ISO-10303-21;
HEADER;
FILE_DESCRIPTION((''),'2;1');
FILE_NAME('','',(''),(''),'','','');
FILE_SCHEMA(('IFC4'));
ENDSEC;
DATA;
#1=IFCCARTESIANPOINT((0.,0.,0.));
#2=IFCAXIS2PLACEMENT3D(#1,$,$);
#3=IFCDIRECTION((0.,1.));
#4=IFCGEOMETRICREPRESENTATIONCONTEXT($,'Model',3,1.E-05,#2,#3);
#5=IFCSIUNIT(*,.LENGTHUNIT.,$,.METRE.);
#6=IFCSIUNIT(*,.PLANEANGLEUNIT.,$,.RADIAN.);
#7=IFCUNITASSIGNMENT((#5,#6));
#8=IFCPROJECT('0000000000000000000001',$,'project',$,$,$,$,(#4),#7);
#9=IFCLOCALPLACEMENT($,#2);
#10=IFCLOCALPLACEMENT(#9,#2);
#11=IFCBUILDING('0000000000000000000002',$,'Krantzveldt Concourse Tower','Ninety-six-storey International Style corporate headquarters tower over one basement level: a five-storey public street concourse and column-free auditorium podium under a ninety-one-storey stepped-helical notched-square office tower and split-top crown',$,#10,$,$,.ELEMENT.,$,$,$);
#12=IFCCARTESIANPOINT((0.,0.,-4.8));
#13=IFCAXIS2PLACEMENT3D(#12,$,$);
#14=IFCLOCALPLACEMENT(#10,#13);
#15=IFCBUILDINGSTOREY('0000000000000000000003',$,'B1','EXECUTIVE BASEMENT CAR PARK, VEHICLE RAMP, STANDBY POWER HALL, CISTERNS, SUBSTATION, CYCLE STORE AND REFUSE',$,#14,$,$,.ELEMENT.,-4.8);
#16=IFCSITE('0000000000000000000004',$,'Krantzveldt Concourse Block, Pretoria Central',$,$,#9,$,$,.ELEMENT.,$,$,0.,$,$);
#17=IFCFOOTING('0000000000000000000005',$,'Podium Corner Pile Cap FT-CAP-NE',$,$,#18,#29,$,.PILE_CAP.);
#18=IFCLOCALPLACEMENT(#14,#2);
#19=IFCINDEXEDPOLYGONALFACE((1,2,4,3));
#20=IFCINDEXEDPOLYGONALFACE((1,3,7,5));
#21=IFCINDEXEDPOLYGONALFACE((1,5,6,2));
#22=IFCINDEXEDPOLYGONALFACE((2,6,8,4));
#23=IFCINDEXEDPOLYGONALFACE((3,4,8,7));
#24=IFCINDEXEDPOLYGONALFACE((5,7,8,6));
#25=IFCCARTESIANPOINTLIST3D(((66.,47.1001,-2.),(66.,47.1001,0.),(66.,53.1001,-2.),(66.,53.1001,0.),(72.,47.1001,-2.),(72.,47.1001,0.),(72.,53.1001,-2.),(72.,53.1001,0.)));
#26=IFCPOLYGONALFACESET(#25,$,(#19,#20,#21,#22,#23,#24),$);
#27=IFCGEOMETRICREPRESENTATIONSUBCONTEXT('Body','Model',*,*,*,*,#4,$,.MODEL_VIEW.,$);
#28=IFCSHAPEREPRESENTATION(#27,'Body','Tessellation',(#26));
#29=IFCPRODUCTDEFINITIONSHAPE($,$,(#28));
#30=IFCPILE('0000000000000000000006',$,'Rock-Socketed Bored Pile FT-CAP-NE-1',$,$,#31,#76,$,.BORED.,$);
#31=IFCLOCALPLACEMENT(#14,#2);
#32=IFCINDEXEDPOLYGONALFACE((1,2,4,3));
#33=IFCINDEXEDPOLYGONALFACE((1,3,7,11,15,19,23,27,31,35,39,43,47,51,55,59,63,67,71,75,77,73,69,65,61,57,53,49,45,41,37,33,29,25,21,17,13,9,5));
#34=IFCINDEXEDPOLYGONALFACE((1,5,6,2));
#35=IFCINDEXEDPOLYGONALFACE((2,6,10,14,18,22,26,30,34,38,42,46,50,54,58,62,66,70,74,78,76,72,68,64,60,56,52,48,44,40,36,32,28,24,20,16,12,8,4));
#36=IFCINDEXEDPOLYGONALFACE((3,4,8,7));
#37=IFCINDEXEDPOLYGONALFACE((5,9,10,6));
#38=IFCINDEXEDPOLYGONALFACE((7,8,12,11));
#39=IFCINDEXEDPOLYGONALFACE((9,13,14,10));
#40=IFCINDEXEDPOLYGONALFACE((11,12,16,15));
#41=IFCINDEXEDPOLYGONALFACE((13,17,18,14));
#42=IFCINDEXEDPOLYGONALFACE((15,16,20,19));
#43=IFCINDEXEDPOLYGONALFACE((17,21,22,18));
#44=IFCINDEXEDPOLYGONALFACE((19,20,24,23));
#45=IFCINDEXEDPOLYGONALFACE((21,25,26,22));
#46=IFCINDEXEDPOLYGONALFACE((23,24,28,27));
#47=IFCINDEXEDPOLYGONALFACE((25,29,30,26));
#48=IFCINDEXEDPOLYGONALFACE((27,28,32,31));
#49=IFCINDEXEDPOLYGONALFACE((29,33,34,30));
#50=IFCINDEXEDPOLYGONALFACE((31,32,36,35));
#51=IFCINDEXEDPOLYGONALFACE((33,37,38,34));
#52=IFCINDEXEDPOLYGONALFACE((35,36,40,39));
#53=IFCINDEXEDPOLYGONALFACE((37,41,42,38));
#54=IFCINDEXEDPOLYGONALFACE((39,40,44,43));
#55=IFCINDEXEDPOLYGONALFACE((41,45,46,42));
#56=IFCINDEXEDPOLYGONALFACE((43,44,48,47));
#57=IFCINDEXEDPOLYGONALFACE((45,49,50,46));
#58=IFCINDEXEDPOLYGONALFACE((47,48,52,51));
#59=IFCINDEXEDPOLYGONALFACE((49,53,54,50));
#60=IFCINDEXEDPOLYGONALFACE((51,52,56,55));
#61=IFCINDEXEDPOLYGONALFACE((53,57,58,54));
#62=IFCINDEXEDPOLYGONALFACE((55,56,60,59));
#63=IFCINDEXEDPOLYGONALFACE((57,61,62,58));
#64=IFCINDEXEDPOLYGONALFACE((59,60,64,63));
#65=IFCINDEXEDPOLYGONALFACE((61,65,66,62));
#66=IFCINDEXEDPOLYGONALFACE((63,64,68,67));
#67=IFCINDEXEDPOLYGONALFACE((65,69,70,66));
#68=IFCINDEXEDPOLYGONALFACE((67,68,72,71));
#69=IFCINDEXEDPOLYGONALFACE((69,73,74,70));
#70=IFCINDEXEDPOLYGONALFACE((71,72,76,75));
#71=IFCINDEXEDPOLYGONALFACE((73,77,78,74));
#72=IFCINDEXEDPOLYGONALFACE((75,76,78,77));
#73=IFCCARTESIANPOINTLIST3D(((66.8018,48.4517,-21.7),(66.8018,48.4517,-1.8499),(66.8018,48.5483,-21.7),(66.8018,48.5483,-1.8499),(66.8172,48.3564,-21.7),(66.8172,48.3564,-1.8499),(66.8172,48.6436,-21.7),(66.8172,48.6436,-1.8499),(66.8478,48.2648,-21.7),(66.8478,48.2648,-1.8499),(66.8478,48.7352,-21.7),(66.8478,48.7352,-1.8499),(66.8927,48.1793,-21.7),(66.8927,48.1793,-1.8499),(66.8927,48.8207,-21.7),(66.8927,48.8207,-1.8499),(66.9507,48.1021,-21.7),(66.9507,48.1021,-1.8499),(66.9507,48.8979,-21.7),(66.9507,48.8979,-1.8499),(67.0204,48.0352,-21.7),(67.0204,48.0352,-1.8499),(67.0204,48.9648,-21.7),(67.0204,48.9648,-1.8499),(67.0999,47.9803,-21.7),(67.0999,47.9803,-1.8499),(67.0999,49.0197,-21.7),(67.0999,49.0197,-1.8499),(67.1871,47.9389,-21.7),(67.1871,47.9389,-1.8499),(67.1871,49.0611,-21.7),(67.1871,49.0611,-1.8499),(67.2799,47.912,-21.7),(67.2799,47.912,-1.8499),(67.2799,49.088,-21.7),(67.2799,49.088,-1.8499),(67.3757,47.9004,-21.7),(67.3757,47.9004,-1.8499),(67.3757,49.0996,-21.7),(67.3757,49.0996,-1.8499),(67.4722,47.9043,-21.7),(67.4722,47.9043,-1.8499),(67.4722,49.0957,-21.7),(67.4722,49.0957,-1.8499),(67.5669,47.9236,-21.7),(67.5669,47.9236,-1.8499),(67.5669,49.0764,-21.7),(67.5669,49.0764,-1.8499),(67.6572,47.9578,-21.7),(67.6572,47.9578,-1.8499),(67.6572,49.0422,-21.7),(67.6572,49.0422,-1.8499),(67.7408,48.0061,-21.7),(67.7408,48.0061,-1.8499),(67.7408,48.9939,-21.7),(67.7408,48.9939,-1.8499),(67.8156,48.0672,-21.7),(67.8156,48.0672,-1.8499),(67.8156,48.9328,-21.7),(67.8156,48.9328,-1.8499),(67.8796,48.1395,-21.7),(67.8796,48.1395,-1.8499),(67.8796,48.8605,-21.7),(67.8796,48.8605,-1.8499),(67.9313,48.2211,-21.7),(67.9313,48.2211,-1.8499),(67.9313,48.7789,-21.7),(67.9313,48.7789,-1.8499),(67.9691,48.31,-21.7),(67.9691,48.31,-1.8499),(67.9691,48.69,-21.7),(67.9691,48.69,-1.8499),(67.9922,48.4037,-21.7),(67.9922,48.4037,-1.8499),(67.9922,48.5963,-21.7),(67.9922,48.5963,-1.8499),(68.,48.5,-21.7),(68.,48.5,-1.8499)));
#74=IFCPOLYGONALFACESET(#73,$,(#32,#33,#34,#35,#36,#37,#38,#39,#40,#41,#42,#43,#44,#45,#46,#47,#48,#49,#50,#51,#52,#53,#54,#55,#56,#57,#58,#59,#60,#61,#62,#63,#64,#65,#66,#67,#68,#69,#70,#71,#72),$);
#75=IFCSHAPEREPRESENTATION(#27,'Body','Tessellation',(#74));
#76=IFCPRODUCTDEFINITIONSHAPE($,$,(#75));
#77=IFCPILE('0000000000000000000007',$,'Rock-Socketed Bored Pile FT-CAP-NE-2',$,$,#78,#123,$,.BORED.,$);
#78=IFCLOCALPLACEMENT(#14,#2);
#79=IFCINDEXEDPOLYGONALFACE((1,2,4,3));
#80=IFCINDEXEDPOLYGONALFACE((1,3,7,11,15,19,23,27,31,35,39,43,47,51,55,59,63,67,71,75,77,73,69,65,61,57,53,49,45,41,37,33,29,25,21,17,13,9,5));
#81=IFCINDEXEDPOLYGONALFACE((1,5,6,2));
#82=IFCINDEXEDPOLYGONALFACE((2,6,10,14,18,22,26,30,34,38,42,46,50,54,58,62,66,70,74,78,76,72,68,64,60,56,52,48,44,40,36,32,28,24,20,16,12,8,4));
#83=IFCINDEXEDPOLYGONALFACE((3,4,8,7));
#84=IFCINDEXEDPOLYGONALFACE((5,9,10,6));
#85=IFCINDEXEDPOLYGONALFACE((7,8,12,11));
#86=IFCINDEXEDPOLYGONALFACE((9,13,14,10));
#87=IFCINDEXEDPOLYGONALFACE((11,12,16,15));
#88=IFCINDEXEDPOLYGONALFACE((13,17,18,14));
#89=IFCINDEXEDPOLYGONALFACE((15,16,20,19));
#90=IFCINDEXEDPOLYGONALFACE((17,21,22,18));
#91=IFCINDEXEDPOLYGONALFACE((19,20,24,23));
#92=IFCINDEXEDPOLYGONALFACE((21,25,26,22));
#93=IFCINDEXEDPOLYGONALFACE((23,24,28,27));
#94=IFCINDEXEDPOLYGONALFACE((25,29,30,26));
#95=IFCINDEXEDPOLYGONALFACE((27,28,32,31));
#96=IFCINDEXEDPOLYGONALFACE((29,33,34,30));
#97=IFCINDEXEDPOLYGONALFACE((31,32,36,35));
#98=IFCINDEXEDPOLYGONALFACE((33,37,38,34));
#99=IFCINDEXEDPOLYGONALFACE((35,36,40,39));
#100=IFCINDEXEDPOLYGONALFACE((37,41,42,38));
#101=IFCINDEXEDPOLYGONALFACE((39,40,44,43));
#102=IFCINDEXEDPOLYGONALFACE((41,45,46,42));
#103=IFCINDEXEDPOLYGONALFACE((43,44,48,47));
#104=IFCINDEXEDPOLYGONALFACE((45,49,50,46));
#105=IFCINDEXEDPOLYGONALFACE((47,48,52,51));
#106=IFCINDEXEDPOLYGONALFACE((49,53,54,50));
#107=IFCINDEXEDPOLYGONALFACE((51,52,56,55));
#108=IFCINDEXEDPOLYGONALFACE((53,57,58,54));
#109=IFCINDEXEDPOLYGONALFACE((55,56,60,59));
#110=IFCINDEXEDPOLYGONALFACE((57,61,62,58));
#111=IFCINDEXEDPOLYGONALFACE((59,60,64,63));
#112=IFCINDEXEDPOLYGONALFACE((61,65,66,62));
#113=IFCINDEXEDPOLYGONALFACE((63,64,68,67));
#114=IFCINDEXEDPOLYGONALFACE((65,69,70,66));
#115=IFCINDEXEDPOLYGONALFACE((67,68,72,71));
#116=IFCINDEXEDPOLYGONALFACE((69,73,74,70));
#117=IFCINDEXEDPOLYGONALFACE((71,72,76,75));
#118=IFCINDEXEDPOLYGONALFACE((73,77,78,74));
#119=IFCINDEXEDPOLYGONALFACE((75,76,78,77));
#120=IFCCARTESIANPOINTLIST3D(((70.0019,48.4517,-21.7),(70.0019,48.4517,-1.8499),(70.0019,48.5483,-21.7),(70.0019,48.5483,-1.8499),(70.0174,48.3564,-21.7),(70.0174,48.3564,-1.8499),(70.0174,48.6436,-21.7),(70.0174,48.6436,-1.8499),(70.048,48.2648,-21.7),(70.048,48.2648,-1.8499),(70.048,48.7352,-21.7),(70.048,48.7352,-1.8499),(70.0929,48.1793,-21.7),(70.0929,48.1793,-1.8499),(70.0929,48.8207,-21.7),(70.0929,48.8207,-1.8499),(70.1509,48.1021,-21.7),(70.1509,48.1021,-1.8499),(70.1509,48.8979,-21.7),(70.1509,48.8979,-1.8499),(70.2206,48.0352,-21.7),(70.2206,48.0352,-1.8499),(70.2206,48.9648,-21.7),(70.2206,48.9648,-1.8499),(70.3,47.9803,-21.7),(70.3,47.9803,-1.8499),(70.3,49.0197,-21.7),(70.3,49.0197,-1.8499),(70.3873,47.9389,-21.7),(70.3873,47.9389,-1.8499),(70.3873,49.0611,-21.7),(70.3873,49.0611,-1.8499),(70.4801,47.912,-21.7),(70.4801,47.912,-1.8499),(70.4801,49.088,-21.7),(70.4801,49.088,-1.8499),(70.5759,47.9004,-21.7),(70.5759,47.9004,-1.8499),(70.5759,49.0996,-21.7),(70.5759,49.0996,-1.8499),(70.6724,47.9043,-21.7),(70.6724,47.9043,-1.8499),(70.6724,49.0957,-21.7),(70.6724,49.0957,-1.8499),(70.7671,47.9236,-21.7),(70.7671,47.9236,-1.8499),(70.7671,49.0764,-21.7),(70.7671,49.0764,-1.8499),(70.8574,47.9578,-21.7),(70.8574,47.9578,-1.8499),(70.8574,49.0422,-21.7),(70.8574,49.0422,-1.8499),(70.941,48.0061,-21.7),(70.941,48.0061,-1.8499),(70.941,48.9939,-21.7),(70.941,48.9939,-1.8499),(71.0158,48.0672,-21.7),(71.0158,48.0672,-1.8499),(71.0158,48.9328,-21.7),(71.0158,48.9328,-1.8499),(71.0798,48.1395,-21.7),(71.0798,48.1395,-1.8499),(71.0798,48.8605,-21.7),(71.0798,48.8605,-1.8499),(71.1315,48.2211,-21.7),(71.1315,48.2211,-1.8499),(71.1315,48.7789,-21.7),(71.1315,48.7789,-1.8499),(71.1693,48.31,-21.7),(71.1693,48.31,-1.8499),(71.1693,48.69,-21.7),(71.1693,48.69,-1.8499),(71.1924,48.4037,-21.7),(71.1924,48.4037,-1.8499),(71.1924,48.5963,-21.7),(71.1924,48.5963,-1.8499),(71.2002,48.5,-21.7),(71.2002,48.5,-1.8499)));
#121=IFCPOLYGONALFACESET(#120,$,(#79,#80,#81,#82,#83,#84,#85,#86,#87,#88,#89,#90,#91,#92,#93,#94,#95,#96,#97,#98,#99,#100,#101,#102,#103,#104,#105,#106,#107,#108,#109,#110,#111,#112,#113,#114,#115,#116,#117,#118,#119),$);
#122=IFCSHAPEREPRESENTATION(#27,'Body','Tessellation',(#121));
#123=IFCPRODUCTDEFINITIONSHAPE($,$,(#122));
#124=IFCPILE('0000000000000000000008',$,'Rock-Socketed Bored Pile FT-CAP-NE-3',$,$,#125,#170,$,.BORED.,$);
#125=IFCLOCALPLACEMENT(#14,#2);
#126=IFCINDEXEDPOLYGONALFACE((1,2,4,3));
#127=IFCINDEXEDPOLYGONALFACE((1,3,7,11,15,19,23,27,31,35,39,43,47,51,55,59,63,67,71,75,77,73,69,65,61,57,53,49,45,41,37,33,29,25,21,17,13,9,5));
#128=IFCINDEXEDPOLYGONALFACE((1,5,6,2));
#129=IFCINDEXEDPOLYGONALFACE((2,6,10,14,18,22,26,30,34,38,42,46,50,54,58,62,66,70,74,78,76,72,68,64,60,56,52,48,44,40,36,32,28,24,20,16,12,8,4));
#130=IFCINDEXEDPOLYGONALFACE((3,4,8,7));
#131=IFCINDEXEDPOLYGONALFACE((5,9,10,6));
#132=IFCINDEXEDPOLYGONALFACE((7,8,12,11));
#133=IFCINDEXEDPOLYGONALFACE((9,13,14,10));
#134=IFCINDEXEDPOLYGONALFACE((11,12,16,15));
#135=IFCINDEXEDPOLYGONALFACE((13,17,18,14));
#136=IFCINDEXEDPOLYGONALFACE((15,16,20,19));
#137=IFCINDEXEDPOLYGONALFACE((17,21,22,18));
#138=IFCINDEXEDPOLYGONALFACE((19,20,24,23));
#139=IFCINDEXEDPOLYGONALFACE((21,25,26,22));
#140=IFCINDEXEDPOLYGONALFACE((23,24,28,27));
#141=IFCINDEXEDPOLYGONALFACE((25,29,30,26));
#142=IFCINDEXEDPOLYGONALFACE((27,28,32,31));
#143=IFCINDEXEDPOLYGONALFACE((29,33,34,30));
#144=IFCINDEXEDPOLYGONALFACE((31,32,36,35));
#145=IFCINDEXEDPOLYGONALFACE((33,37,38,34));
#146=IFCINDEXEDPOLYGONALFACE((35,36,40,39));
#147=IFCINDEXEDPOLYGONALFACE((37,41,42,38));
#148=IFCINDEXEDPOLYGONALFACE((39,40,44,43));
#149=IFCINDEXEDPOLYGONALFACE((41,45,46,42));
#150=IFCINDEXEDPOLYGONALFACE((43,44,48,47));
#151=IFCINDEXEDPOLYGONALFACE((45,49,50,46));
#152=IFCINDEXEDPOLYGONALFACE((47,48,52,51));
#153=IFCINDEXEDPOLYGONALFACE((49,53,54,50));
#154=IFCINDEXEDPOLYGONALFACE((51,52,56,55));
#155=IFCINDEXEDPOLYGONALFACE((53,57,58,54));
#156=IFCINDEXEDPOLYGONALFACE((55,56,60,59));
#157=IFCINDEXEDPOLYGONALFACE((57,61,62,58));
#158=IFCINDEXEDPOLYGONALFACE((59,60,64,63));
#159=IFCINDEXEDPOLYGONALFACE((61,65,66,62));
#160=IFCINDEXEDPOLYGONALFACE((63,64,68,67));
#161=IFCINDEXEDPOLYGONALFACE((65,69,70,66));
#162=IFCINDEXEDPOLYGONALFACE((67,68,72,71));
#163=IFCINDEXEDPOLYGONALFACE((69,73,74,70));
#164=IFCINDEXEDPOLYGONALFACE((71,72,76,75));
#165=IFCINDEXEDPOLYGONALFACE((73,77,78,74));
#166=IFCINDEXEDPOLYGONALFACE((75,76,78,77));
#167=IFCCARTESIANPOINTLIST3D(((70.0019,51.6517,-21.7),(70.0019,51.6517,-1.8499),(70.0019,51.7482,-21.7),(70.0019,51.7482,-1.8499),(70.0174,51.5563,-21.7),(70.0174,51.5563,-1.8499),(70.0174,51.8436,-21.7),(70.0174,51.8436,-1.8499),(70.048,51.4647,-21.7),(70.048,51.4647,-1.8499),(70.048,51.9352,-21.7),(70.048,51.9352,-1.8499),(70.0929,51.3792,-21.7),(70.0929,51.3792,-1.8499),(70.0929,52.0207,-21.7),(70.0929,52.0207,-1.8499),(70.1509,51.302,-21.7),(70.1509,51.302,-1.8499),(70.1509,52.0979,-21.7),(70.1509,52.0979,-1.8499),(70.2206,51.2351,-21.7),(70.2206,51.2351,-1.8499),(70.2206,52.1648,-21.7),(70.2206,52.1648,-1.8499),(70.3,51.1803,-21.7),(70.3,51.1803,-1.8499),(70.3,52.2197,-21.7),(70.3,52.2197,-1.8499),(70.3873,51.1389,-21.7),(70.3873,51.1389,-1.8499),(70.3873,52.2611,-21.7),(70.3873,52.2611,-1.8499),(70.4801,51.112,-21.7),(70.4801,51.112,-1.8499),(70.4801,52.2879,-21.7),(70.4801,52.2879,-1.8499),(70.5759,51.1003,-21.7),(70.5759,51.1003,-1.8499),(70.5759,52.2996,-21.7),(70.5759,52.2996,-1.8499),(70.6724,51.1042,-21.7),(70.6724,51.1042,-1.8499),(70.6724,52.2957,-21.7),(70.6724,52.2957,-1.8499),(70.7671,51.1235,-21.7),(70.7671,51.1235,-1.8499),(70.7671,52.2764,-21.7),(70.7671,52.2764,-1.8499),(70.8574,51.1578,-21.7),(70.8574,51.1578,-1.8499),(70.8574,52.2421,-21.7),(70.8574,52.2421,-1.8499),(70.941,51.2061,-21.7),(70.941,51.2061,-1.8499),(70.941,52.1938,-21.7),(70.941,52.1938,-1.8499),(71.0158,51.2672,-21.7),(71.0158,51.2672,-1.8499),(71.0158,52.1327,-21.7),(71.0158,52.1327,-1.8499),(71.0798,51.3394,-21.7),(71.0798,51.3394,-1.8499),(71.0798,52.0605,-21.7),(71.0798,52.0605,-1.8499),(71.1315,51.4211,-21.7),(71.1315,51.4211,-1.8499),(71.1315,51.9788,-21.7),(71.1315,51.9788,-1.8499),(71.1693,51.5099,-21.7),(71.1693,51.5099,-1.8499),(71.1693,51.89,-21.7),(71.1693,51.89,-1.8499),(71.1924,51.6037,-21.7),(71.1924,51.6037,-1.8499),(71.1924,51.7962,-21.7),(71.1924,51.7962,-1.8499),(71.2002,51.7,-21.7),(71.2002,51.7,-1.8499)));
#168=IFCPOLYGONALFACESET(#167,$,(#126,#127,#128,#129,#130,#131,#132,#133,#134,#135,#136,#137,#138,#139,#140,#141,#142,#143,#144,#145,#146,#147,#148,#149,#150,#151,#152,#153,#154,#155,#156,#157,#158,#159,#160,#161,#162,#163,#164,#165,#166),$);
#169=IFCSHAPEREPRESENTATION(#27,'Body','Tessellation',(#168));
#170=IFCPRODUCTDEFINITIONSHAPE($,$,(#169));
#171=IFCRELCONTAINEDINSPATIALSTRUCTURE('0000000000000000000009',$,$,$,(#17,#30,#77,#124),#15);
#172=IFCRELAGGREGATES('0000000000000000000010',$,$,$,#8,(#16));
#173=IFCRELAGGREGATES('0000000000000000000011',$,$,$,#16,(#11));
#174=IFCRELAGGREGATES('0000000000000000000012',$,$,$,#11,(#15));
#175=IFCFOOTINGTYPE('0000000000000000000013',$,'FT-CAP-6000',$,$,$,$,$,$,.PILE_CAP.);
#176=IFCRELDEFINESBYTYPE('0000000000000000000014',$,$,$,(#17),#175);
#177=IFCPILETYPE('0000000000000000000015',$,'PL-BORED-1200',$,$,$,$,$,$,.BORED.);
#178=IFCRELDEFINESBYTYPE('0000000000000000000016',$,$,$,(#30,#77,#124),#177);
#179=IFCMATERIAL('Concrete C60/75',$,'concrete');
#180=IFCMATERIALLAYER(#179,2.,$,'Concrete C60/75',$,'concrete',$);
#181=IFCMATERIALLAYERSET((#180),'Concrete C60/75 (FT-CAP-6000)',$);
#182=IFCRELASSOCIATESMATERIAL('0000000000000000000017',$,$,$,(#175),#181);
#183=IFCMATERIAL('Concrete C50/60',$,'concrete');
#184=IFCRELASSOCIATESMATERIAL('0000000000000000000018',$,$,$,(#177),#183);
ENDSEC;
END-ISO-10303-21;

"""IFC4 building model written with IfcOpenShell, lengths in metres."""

from ifc_helpers import new_model, si_unit, direction, frame, origin, origin_2d, place, context, subcontext, project, spatial, rectangle, circle, extrude, source, transform, mapped, material, layer, layer_set, material_profile, profile_set, type_object, type_shapes, element, save


model = new_model("IFC4")

# Units and contexts
model_context = context("Model", 3, precision=1e-05, world=origin(), true_north=direction((0.0, 1.0)))
body_context = subcontext(model_context, "Body", "Model", "MODEL_VIEW")
ifc_project = project(units=[si_unit("LENGTHUNIT", "METRE"), si_unit("PLANEANGLEUNIT", "RADIAN")], contexts=[model_context])

# Site, building, storey
site_placement = place(None, origin())
site = spatial("IfcSite", under=ifc_project, at=site_placement, Name="Krantzveldt Concourse Block, Pretoria Central", CompositionType="ELEMENT", RefElevation=0.0)
building_placement = place(site_placement, origin())
building = spatial("IfcBuilding", under=site, at=building_placement, Name="Krantzveldt Concourse Tower", Description="Ninety-six-storey International Style corporate headquarters tower over one basement level: a five-storey public street concourse and column-free auditorium podium under a ninety-one-storey stepped-helical notched-square office tower and split-top crown", CompositionType="ELEMENT")
storey_placement = place(building_placement, frame((0.0, 0.0, -4.8)))
storey = spatial("IfcBuildingStorey", under=building, at=storey_placement, Name="B1", Description="EXECUTIVE BASEMENT CAR PARK, VEHICLE RAMP, STANDBY POWER HALL, CISTERNS, SUBSTATION, CYCLE STORE AND REFUSE", CompositionType="ELEMENT", Elevation=-4.8)

# Footing
ifc_material_1 = material(Name="Concrete C60/75", Category="concrete")
ifc_layer_1 = layer(ifc_material_1, 2.0, Name="Concrete C60/75", Category="concrete")
ifc_layer_set_1 = layer_set([ifc_layer_1], Name="Concrete C60/75 (FT-CAP-6000)")
footing_type_1 = type_object("IfcFootingType", Name="FT-CAP-6000", PredefinedType="PILE_CAP", material=ifc_layer_set_1)
shared_shape_1 = source(origin(), body_context, "Body", "SweptSolid", [
    extrude(rectangle(XDim=6.0, YDim=6.0, at=origin_2d()), origin(), (0.0, 0.0, 1.0), 2.0),
])
type_shapes(footing_type_1, [shared_shape_1])
footing_1_placement = place(storey_placement, frame((69.0, 50.1001, -2.0), z_axis=(0.0, 0.0, 1.0), x_axis=(1.0, 0.0, 0.0)))
element("IfcFooting", 1, at=footing_1_placement, inside=storey, type_object=footing_type_1, Name="Podium Corner Pile Cap FT-CAP-NE", PredefinedType="PILE_CAP", context=body_context, shape_type="MappedRepresentation", body=[
    mapped(shared_shape_1, transform((0.0, 0.0, 0.0), x_axis=(1.0, 0.0, 0.0), y_axis=(0.0, 1.0, 0.0), z_axis=(0.0, 0.0, 1.0), scale=1.0)),
])

# Piles
ifc_material_2 = material(Name="Concrete C50/60", Category="concrete")
ifc_material_profile_1 = material_profile(ifc_material_2, circle(Radius=0.6001, at=origin_2d()), Name="Concrete C50/60", Category="concrete")
ifc_profile_set_1 = profile_set([ifc_material_profile_1], Name="Concrete C50/60 - PILE D1200")
pile_type = type_object("IfcPileType", Name="PL-BORED-1200", PredefinedType="BORED", material=ifc_profile_set_1)
shared_shape_2 = source(origin(), body_context, "Body", "SweptSolid", [
    extrude(circle(Radius=0.6001, at=origin_2d()), origin(), (0.0, 0.0, 1.0), 19.8501),
])
for number, where, z_axis, x_axis, name in (
    (2, (67.3999, 48.5, -1.8499), (0.0, 0.0, -1.0), (1.0, 0.0, 0.0), "Rock-Socketed Bored Pile FT-CAP-NE-1"),
    (3, (70.6001, 48.5, -1.8499), (0.0, 0.0, -1.0), (1.0, 0.0, 0.0), "Rock-Socketed Bored Pile FT-CAP-NE-2"),
    (4, (70.6001, 51.7, -1.8499), (0.0, 0.0, -1.0), (1.0, 0.0, 0.0), "Rock-Socketed Bored Pile FT-CAP-NE-3"),
):
    element("IfcPile", number, at=place(storey_placement, frame(where, z_axis=z_axis, x_axis=x_axis)), inside=storey, type_object=pile_type, Name=name, PredefinedType="BORED", context=body_context, shape_type="MappedRepresentation", body=[
        mapped(shared_shape_2, transform((0.0, 0.0, 0.0), x_axis=(1.0, 0.0, 0.0), y_axis=(0.0, 1.0, 0.0), z_axis=(0.0, 0.0, 1.0), scale=1.0)),
    ])

save(model, "model.ifc")
